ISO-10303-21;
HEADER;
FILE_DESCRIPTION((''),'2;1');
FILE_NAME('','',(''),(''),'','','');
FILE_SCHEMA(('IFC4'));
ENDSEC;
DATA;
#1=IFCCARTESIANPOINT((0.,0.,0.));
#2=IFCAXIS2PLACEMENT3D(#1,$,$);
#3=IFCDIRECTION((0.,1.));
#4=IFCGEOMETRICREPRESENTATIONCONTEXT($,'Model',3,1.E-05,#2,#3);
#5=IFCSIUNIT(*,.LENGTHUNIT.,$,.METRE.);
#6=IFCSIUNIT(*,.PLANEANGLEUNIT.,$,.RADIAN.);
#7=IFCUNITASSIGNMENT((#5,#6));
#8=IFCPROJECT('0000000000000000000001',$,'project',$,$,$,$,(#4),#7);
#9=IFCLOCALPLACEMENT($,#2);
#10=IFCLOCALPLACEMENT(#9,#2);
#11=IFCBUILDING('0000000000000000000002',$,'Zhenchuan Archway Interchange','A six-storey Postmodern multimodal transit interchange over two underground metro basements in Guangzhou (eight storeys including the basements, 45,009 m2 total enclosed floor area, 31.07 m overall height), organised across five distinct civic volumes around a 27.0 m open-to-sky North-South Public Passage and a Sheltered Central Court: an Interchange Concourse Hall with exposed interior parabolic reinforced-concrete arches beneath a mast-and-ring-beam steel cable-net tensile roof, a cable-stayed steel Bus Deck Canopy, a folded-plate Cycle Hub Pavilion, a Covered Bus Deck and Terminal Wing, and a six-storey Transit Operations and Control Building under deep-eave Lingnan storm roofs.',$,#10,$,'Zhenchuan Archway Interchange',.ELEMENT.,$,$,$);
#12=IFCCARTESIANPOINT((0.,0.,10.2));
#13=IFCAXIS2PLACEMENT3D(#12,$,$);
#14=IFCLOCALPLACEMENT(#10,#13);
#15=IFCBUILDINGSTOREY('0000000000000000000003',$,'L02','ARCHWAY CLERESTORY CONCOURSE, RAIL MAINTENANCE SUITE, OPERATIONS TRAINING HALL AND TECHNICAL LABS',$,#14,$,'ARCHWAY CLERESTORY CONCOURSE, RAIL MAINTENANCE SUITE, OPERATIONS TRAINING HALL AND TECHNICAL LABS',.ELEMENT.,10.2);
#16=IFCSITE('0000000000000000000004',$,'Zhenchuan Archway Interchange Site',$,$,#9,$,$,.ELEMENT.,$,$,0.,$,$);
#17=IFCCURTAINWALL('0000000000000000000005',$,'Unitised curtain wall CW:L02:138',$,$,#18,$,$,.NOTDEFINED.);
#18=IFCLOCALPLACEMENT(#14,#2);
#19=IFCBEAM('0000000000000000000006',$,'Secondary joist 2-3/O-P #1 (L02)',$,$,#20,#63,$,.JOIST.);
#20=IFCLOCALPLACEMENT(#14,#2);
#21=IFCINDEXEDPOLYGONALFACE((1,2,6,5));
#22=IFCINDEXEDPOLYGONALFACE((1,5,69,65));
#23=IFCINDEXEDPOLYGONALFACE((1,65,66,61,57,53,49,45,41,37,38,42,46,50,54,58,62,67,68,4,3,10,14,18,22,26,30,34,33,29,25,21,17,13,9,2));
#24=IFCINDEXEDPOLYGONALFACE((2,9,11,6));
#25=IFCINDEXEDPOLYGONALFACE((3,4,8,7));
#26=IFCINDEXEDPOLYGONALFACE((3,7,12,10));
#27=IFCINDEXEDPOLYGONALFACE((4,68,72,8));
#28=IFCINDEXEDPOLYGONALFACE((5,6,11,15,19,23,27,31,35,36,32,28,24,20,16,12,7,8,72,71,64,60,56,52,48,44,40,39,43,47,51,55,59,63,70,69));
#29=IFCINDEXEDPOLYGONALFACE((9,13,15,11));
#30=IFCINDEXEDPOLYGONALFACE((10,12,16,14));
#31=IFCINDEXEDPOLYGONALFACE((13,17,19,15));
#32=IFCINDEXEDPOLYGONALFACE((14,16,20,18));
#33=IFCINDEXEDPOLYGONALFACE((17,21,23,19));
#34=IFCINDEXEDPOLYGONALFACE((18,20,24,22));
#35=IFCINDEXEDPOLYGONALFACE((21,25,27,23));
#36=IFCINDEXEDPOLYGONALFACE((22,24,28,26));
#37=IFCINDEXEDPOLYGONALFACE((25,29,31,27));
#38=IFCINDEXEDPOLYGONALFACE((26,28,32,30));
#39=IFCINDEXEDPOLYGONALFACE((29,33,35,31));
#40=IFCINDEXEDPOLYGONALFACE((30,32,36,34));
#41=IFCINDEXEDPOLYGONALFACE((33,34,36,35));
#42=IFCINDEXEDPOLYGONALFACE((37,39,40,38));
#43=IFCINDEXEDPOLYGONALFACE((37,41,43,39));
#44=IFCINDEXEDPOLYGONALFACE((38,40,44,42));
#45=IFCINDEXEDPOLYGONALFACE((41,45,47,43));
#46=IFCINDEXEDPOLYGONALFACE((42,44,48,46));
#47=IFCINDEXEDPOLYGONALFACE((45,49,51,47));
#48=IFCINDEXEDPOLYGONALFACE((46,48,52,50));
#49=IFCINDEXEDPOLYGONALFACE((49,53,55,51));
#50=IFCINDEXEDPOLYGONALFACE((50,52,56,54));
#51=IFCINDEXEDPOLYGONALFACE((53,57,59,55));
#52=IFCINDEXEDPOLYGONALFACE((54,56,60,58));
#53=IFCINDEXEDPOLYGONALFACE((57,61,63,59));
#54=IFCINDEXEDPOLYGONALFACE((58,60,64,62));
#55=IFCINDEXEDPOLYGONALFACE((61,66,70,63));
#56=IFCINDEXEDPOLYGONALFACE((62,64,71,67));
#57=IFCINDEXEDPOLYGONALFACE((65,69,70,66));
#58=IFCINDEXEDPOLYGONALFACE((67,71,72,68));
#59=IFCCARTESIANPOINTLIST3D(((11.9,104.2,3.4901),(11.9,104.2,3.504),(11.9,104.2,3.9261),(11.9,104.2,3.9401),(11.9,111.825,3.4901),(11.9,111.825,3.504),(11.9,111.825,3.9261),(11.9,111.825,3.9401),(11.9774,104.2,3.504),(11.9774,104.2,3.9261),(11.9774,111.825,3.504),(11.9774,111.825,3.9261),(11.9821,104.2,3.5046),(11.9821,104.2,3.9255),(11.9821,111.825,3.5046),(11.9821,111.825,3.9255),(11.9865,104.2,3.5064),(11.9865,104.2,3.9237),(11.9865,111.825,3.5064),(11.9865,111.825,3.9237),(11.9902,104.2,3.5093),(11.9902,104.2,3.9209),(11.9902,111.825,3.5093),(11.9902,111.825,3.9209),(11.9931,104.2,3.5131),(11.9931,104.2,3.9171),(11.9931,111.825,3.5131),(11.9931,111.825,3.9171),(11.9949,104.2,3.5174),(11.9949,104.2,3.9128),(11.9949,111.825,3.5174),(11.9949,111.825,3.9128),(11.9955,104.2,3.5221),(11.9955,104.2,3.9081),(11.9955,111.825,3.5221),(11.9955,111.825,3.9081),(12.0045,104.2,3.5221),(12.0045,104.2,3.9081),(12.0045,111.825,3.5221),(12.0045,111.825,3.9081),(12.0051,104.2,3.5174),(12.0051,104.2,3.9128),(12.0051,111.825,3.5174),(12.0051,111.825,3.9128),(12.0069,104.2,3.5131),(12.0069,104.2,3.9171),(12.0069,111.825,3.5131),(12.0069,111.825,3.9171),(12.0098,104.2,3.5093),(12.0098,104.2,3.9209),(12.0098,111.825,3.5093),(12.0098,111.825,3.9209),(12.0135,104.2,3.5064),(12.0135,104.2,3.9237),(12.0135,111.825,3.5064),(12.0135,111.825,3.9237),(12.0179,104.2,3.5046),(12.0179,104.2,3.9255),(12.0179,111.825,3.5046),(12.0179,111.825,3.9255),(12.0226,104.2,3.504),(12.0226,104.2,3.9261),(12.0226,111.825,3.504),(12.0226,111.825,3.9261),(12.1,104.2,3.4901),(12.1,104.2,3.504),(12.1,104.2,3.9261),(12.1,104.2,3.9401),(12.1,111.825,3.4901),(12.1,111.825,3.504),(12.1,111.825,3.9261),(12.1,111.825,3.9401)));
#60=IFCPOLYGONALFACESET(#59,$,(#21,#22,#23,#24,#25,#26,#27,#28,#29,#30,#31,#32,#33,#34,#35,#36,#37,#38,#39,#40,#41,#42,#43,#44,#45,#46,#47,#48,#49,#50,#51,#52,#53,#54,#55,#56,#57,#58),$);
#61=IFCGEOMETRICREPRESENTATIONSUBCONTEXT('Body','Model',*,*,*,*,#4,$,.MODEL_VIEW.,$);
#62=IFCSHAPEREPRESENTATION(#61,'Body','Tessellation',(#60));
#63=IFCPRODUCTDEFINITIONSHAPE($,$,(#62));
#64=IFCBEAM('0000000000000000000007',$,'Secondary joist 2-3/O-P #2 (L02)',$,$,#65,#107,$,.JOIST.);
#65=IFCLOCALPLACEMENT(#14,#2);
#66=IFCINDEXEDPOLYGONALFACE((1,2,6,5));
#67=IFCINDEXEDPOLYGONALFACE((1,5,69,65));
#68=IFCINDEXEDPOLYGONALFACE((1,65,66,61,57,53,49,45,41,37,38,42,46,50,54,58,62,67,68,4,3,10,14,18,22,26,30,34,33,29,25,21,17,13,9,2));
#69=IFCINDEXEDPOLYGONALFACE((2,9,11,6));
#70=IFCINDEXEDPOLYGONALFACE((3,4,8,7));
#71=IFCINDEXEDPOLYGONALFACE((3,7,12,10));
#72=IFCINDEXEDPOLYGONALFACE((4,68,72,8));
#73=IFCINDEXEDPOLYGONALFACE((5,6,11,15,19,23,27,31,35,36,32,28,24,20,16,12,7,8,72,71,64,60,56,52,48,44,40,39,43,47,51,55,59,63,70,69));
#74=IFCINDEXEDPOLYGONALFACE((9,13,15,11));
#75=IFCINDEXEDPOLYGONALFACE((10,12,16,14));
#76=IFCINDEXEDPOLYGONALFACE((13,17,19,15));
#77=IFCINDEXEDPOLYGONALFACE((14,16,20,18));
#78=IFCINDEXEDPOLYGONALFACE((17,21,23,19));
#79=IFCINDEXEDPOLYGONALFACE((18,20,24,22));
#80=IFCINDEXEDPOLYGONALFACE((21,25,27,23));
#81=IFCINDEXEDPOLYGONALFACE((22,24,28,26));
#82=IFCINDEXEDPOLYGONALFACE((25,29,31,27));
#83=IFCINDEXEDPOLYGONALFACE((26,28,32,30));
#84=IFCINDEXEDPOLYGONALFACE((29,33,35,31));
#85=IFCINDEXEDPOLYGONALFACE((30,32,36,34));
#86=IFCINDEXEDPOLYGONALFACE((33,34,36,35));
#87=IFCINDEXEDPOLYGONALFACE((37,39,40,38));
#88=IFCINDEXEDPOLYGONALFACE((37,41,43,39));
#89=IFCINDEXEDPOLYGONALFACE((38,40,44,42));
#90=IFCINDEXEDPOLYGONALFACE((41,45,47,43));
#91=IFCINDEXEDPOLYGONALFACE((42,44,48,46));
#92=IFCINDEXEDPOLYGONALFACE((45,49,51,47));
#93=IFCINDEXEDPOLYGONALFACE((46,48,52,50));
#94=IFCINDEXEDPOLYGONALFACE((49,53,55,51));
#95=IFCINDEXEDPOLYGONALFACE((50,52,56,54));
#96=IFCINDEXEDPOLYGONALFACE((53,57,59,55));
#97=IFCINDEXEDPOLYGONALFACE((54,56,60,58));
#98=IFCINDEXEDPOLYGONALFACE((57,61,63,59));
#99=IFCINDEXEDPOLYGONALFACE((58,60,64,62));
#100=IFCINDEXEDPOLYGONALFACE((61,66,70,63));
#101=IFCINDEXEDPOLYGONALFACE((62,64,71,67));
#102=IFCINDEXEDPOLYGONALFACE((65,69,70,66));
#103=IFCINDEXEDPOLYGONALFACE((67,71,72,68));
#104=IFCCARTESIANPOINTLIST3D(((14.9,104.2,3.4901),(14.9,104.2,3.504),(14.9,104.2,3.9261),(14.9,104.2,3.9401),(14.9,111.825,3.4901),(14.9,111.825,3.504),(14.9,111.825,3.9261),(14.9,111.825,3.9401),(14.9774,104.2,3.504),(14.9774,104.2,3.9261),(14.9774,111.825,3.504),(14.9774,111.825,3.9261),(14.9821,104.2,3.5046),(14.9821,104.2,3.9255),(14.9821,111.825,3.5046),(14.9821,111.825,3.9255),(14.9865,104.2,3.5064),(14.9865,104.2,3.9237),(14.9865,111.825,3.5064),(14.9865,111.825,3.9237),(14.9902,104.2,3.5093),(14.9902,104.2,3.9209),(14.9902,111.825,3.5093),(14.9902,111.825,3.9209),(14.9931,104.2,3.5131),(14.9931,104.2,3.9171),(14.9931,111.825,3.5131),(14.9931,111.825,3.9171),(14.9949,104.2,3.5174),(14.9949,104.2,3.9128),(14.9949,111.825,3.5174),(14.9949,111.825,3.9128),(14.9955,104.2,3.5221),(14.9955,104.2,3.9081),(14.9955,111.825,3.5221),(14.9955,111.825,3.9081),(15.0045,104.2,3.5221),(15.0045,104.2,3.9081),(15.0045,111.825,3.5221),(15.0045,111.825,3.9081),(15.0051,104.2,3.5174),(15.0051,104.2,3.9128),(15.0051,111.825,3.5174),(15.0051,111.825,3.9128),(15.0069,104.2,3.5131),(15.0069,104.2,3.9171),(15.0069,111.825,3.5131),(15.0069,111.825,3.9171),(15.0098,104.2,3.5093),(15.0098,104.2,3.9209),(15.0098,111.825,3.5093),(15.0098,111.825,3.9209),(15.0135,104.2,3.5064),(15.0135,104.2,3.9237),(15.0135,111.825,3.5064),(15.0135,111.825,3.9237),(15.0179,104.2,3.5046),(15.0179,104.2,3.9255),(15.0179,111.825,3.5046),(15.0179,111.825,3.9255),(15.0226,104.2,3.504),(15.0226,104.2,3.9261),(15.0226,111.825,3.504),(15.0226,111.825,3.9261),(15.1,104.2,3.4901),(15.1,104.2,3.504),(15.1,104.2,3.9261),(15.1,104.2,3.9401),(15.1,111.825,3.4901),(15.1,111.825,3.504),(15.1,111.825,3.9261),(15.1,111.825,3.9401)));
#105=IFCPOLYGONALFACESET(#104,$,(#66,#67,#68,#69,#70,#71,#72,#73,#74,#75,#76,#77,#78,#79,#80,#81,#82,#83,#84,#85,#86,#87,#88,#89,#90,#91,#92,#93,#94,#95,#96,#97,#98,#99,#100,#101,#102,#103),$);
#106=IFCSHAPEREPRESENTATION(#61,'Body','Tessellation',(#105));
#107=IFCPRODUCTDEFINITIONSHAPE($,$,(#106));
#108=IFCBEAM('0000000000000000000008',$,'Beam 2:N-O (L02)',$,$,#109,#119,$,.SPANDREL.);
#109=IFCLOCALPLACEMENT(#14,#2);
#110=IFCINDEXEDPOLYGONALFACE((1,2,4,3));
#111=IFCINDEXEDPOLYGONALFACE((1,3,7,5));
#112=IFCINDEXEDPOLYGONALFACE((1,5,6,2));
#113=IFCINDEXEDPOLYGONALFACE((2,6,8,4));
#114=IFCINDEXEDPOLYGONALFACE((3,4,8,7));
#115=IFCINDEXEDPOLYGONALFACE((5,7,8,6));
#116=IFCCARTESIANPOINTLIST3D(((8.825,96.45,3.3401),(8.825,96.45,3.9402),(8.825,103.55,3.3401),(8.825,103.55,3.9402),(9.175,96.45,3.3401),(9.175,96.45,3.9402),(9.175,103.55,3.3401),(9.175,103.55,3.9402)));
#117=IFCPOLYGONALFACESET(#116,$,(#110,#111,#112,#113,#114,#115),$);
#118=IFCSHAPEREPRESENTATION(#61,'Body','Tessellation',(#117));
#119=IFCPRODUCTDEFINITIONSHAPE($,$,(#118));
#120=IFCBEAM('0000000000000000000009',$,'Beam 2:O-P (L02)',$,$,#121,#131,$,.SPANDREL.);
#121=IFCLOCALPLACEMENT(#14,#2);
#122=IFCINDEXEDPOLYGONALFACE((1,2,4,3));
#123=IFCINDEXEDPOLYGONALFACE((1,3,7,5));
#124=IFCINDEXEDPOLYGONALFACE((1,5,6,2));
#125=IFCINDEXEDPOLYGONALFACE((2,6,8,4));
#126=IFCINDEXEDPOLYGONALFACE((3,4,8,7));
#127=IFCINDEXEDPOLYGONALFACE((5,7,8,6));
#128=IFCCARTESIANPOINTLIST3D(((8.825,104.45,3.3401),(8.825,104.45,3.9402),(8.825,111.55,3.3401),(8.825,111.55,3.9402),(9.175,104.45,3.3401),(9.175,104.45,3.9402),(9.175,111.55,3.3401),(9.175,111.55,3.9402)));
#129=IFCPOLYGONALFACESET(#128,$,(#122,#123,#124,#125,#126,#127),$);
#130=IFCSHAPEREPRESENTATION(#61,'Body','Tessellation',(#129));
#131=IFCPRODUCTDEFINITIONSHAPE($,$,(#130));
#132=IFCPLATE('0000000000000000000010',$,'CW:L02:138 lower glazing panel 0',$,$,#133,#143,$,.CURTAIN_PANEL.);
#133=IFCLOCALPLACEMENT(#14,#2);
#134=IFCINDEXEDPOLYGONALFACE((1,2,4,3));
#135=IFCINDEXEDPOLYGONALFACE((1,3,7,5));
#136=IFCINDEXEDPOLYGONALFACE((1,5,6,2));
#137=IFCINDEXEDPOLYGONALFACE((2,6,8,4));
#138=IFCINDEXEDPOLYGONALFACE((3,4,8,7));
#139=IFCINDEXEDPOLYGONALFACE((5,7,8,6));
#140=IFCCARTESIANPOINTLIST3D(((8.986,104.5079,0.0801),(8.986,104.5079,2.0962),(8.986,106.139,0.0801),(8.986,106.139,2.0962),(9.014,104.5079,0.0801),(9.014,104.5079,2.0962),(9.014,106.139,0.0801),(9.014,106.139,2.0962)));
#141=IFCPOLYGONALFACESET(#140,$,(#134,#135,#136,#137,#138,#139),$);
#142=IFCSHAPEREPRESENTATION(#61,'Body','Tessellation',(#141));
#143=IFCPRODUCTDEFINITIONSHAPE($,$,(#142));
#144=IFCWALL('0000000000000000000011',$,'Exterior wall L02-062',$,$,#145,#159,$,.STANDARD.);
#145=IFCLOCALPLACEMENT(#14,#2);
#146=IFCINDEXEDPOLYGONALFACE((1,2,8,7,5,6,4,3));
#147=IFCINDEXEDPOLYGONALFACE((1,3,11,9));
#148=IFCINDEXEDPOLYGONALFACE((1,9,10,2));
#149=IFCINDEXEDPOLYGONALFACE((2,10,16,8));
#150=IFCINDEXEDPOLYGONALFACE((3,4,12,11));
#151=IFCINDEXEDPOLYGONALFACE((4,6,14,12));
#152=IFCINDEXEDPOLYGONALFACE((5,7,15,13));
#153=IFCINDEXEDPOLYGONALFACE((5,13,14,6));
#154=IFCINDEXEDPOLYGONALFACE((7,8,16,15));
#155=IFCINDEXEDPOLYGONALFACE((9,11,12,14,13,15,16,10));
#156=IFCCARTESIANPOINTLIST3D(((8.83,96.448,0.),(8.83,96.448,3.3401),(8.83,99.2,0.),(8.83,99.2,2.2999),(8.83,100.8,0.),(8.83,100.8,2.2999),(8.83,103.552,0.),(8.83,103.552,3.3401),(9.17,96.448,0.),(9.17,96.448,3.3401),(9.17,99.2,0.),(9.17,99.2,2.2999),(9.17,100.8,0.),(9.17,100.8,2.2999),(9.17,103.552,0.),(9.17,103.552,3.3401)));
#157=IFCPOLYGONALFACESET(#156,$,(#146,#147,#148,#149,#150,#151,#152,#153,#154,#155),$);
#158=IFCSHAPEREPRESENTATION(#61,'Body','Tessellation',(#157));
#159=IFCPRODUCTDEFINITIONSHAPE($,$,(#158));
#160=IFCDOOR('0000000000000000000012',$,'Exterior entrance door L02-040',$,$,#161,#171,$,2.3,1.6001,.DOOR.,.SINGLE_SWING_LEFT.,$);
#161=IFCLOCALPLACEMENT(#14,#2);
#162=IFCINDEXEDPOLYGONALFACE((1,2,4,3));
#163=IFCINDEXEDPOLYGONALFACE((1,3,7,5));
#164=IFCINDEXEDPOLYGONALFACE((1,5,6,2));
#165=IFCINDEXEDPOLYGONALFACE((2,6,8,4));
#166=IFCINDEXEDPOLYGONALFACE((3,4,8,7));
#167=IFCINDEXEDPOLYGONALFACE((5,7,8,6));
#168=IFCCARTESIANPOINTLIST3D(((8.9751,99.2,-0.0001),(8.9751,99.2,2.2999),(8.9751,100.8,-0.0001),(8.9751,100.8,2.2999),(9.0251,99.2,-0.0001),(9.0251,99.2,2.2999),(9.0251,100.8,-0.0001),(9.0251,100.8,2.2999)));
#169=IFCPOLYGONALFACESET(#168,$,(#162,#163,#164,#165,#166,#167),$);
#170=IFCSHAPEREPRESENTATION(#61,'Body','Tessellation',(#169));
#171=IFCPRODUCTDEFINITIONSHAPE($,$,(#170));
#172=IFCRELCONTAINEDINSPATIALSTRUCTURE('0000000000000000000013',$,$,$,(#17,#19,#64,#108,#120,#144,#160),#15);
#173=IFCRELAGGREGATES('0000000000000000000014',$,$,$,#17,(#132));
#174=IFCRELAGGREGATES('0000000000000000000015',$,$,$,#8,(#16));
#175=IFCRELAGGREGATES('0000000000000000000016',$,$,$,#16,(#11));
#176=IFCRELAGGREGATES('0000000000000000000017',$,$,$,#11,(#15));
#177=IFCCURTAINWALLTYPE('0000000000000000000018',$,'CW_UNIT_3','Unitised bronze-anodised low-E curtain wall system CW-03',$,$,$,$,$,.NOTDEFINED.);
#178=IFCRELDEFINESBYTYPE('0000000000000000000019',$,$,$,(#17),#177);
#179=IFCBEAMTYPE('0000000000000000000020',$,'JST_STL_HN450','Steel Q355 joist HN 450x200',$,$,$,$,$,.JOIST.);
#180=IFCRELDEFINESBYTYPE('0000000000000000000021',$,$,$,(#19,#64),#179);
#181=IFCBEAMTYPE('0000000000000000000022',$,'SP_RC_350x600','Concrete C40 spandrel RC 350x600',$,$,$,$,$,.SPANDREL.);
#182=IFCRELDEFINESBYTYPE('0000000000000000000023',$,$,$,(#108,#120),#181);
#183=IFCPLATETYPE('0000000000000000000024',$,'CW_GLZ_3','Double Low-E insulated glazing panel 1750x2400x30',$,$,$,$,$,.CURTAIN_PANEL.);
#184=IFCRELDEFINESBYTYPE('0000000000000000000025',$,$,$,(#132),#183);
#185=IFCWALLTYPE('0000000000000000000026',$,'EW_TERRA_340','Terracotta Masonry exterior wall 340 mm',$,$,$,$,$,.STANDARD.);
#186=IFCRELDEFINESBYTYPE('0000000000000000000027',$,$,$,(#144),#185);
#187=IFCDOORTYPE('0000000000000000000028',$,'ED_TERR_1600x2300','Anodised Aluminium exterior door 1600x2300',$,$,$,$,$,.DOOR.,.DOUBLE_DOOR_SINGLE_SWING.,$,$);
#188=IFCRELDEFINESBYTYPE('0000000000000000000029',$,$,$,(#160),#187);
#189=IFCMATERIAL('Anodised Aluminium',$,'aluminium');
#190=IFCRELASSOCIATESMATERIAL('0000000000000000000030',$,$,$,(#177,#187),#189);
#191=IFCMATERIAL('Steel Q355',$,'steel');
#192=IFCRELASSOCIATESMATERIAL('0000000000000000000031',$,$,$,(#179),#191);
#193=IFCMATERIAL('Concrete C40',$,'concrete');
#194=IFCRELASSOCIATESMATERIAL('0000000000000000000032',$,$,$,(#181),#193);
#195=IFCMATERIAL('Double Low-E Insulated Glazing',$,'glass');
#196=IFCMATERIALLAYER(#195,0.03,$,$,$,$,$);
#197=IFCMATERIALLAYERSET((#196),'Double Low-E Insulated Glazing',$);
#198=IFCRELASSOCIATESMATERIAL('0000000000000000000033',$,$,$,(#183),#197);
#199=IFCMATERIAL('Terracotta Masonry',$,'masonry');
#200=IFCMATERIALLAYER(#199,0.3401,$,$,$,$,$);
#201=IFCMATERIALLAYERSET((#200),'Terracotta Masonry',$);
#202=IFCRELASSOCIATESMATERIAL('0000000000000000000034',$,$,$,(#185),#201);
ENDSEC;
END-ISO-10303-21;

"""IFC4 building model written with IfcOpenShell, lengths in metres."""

from ifc_helpers import new_model, si_unit, direction, frame, frame_2d, origin, origin_2d, place, context, subcontext, project, spatial, rectangle, i_section, extrude, material, layer, layer_set, material_profile, profile_set, type_object, element, fill, aggregate, save


model = new_model("IFC4")

# Units and contexts
model_context = context("Model", 3, precision=1e-05, world=origin(), true_north=direction((0.0, 1.0)))
body_context = subcontext(model_context, "Body", "Model", "MODEL_VIEW")
ifc_project = project(units=[si_unit("LENGTHUNIT", "METRE"), si_unit("PLANEANGLEUNIT", "RADIAN")], contexts=[model_context])

# Site, building, storey
site_placement = place(None, origin())
site = spatial("IfcSite", under=ifc_project, at=site_placement, Name="Zhenchuan Archway Interchange Site", CompositionType="ELEMENT", RefElevation=0.0)
building_placement = place(site_placement, origin())
building = spatial("IfcBuilding", under=site, at=building_placement, Name="Zhenchuan Archway Interchange", Description="A six-storey Postmodern multimodal transit interchange over two underground metro basements in Guangzhou (eight storeys including the basements, 45,009 m2 total enclosed floor area, 31.07 m overall height), organised across five distinct civic volumes around a 27.0 m open-to-sky North-South Public Passage and a Sheltered Central Court: an Interchange Concourse Hall with exposed interior parabolic reinforced-concrete arches beneath a mast-and-ring-beam steel cable-net tensile roof, a cable-stayed steel Bus Deck Canopy, a folded-plate Cycle Hub Pavilion, a Covered Bus Deck and Terminal Wing, and a six-storey Transit Operations and Control Building under deep-eave Lingnan storm roofs.", LongName="Zhenchuan Archway Interchange", CompositionType="ELEMENT")
storey_placement = place(building_placement, frame((0.0, 0.0, 10.2)))
storey = spatial("IfcBuildingStorey", under=building, at=storey_placement, Name="L02", Description="ARCHWAY CLERESTORY CONCOURSE, RAIL MAINTENANCE SUITE, OPERATIONS TRAINING HALL AND TECHNICAL LABS", LongName="ARCHWAY CLERESTORY CONCOURSE, RAIL MAINTENANCE SUITE, OPERATIONS TRAINING HALL AND TECHNICAL LABS", CompositionType="ELEMENT", Elevation=10.2)

# Shared definitions
ifc_material_1 = material(Name="Concrete C40", Category="concrete")

# Curtain wall
ifc_material_2 = material(Name="Anodised Aluminium", Category="aluminium")
curtain_wall_type = type_object("IfcCurtainWallType", Name="CW_UNIT_3", Description="Unitised bronze-anodised low-E curtain wall system CW-03", PredefinedType="NOTDEFINED", material=ifc_material_2)
curtain_wall_placement = place(storey_placement, origin())
curtain_wall = element("IfcCurtainWall", 1, at=curtain_wall_placement, inside=storey, type_object=curtain_wall_type, Name="Unitised curtain wall CW:L02:138", PredefinedType="NOTDEFINED")

# Beams
ifc_material_3 = material(Name="Steel Q355", Category="steel")
ifc_material_profile_1 = material_profile(ifc_material_3, i_section(OverallWidth=0.2, OverallDepth=0.45, WebThickness=0.009, FlangeThickness=0.0139, FilletRadius=0.0181, at=origin_2d()), Name="HN 450x200")
ifc_profile_set_1 = profile_set([ifc_material_profile_1], Name="Steel Q355")
beam_type_1 = type_object("IfcBeamType", Name="JST_STL_HN450", Description="Steel Q355 joist HN 450x200", PredefinedType="JOIST", material=ifc_profile_set_1)
for number, where, z_axis, x_axis, name in (
    (2, (12.0, 104.2, 3.7151), (0.0, 1.0, 0.0), (-1.0, 0.0, 0.0), "Secondary joist 2-3/O-P #1 (L02)"),
    (3, (15.0, 104.2, 3.7151), (0.0, 1.0, 0.0), (-1.0, 0.0, 0.0), "Secondary joist 2-3/O-P #2 (L02)"),
):
    element("IfcBeam", number, at=place(storey_placement, frame(where, z_axis=z_axis, x_axis=x_axis)), inside=storey, type_object=beam_type_1, Name=name, PredefinedType="JOIST", context=body_context, shape_type="SweptSolid", body=[
        extrude(i_section(OverallWidth=0.2, OverallDepth=0.45, WebThickness=0.009, FlangeThickness=0.0139, FilletRadius=0.0181, at=origin_2d()), origin(), (0.0, 0.0, 1.0), 7.625),
    ])
ifc_material_profile_2 = material_profile(ifc_material_1, rectangle(XDim=0.3501, YDim=0.6001, at=origin_2d()), Name="RC 350x600")
ifc_profile_set_2 = profile_set([ifc_material_profile_2], Name="Concrete C40")
beam_type_2 = type_object("IfcBeamType", Name="SP_RC_350x600", Description="Concrete C40 spandrel RC 350x600", PredefinedType="SPANDREL", material=ifc_profile_set_2)
for number, where, z_axis, x_axis, name in (
    (4, (9.0, 96.45, 3.6401), (0.0, 1.0, 0.0), (-1.0, 0.0, 0.0), "Beam 2:N-O (L02)"),
    (5, (9.0, 104.45, 3.6401), (0.0, 1.0, 0.0), (-1.0, 0.0, 0.0), "Beam 2:O-P (L02)"),
):
    element("IfcBeam", number, at=place(storey_placement, frame(where, z_axis=z_axis, x_axis=x_axis)), inside=storey, type_object=beam_type_2, Name=name, PredefinedType="SPANDREL", context=body_context, shape_type="SweptSolid", body=[
        extrude(rectangle(XDim=0.3501, YDim=0.6001, at=origin_2d()), origin(), (0.0, 0.0, 1.0), 7.1001),
    ])

# Plate
ifc_material_4 = material(Name="Double Low-E Insulated Glazing", Category="glass")
ifc_layer_1 = layer(ifc_material_4, 0.03)
ifc_layer_set_1 = layer_set([ifc_layer_1], Name="Double Low-E Insulated Glazing")
plate_type = type_object("IfcPlateType", Name="CW_GLZ_3", Description="Double Low-E insulated glazing panel 1750x2400x30", PredefinedType="CURTAIN_PANEL", material=ifc_layer_set_1)
plate_placement = place(storey_placement, frame((9.0, 105.3235, 0.0801), z_axis=(0.0, 0.0, 1.0), x_axis=(0.0, 1.0, 0.0)))
plate = element("IfcPlate", 6, at=plate_placement, type_object=plate_type, Name="CW:L02:138 lower glazing panel 0", PredefinedType="CURTAIN_PANEL", context=body_context, shape_type="SweptSolid", body=[
    extrude(rectangle(XDim=1.6311, YDim=0.0281, at=origin_2d()), origin(), (0.0, 0.0, 1.0), 2.0161),
])
aggregate(curtain_wall, [plate])

# Wall, opening, door
ifc_material_5 = material(Name="Terracotta Masonry", Category="masonry")
ifc_layer_2 = layer(ifc_material_5, 0.3401)
ifc_layer_set_2 = layer_set([ifc_layer_2], Name="Terracotta Masonry")
wall_type_1 = type_object("IfcWallType", Name="EW_TERRA_340", Description="Terracotta Masonry exterior wall 340 mm", PredefinedType="STANDARD", material=ifc_layer_set_2)
wall_1_placement = place(storey_placement, frame((9.0, 96.448, 0.0), z_axis=(0.0, 0.0, 1.0), x_axis=(0.0, 1.0, 0.0)))
wall_1 = element("IfcWall", 7, at=wall_1_placement, inside=storey, type_object=wall_type_1, Name="Exterior wall L02-062", PredefinedType="STANDARD", context=body_context, shape_type="SweptSolid", body=[
    extrude(rectangle(XDim=7.104, YDim=0.3401, at=frame_2d((3.552, 0.0))), origin(), (0.0, 0.0, 1.0), 3.3401),
])
opening_1_placement = place(wall_1_placement, frame((2.752, 0.0, 0.0)))
opening_1 = element("IfcOpeningElement", 8, at=opening_1_placement, cuts=wall_1, PredefinedType="OPENING", context=body_context, shape_type="SweptSolid", body=[
    extrude(rectangle(XDim=1.6001, YDim=2.3, at=frame_2d((0.8, 1.1499))), frame((0.0, 0.1821, 0.0), z_axis=(0.0, -1.0, 0.0), x_axis=(1.0, 0.0, 0.0)), (0.0, 0.0, 1.0), 0.364),
])
door_type_1 = type_object("IfcDoorType", Name="ED_TERR_1600x2300", Description="Anodised Aluminium exterior door 1600x2300", OperationType="DOUBLE_DOOR_SINGLE_SWING", PredefinedType="DOOR", material=ifc_material_2)
door_1_placement = place(opening_1_placement, origin())
door_1 = element("IfcDoor", 9, at=door_1_placement, inside=storey, type_object=door_type_1, Name="Exterior entrance door L02-040", OperationType="SINGLE_SWING_LEFT", OverallHeight=2.3, OverallWidth=1.6001, PredefinedType="DOOR", context=body_context, shape_type="SweptSolid", body=[
    extrude(rectangle(XDim=1.6001, YDim=2.3, at=frame_2d((0.8, 1.1499))), frame((0.0, 0.0249, 0.0), z_axis=(0.0, -1.0, 0.0), x_axis=(1.0, 0.0, 0.0)), (0.0, 0.0, 1.0), 0.05),
])
fill(opening_1, door_1)

save(model, "model.ifc")
